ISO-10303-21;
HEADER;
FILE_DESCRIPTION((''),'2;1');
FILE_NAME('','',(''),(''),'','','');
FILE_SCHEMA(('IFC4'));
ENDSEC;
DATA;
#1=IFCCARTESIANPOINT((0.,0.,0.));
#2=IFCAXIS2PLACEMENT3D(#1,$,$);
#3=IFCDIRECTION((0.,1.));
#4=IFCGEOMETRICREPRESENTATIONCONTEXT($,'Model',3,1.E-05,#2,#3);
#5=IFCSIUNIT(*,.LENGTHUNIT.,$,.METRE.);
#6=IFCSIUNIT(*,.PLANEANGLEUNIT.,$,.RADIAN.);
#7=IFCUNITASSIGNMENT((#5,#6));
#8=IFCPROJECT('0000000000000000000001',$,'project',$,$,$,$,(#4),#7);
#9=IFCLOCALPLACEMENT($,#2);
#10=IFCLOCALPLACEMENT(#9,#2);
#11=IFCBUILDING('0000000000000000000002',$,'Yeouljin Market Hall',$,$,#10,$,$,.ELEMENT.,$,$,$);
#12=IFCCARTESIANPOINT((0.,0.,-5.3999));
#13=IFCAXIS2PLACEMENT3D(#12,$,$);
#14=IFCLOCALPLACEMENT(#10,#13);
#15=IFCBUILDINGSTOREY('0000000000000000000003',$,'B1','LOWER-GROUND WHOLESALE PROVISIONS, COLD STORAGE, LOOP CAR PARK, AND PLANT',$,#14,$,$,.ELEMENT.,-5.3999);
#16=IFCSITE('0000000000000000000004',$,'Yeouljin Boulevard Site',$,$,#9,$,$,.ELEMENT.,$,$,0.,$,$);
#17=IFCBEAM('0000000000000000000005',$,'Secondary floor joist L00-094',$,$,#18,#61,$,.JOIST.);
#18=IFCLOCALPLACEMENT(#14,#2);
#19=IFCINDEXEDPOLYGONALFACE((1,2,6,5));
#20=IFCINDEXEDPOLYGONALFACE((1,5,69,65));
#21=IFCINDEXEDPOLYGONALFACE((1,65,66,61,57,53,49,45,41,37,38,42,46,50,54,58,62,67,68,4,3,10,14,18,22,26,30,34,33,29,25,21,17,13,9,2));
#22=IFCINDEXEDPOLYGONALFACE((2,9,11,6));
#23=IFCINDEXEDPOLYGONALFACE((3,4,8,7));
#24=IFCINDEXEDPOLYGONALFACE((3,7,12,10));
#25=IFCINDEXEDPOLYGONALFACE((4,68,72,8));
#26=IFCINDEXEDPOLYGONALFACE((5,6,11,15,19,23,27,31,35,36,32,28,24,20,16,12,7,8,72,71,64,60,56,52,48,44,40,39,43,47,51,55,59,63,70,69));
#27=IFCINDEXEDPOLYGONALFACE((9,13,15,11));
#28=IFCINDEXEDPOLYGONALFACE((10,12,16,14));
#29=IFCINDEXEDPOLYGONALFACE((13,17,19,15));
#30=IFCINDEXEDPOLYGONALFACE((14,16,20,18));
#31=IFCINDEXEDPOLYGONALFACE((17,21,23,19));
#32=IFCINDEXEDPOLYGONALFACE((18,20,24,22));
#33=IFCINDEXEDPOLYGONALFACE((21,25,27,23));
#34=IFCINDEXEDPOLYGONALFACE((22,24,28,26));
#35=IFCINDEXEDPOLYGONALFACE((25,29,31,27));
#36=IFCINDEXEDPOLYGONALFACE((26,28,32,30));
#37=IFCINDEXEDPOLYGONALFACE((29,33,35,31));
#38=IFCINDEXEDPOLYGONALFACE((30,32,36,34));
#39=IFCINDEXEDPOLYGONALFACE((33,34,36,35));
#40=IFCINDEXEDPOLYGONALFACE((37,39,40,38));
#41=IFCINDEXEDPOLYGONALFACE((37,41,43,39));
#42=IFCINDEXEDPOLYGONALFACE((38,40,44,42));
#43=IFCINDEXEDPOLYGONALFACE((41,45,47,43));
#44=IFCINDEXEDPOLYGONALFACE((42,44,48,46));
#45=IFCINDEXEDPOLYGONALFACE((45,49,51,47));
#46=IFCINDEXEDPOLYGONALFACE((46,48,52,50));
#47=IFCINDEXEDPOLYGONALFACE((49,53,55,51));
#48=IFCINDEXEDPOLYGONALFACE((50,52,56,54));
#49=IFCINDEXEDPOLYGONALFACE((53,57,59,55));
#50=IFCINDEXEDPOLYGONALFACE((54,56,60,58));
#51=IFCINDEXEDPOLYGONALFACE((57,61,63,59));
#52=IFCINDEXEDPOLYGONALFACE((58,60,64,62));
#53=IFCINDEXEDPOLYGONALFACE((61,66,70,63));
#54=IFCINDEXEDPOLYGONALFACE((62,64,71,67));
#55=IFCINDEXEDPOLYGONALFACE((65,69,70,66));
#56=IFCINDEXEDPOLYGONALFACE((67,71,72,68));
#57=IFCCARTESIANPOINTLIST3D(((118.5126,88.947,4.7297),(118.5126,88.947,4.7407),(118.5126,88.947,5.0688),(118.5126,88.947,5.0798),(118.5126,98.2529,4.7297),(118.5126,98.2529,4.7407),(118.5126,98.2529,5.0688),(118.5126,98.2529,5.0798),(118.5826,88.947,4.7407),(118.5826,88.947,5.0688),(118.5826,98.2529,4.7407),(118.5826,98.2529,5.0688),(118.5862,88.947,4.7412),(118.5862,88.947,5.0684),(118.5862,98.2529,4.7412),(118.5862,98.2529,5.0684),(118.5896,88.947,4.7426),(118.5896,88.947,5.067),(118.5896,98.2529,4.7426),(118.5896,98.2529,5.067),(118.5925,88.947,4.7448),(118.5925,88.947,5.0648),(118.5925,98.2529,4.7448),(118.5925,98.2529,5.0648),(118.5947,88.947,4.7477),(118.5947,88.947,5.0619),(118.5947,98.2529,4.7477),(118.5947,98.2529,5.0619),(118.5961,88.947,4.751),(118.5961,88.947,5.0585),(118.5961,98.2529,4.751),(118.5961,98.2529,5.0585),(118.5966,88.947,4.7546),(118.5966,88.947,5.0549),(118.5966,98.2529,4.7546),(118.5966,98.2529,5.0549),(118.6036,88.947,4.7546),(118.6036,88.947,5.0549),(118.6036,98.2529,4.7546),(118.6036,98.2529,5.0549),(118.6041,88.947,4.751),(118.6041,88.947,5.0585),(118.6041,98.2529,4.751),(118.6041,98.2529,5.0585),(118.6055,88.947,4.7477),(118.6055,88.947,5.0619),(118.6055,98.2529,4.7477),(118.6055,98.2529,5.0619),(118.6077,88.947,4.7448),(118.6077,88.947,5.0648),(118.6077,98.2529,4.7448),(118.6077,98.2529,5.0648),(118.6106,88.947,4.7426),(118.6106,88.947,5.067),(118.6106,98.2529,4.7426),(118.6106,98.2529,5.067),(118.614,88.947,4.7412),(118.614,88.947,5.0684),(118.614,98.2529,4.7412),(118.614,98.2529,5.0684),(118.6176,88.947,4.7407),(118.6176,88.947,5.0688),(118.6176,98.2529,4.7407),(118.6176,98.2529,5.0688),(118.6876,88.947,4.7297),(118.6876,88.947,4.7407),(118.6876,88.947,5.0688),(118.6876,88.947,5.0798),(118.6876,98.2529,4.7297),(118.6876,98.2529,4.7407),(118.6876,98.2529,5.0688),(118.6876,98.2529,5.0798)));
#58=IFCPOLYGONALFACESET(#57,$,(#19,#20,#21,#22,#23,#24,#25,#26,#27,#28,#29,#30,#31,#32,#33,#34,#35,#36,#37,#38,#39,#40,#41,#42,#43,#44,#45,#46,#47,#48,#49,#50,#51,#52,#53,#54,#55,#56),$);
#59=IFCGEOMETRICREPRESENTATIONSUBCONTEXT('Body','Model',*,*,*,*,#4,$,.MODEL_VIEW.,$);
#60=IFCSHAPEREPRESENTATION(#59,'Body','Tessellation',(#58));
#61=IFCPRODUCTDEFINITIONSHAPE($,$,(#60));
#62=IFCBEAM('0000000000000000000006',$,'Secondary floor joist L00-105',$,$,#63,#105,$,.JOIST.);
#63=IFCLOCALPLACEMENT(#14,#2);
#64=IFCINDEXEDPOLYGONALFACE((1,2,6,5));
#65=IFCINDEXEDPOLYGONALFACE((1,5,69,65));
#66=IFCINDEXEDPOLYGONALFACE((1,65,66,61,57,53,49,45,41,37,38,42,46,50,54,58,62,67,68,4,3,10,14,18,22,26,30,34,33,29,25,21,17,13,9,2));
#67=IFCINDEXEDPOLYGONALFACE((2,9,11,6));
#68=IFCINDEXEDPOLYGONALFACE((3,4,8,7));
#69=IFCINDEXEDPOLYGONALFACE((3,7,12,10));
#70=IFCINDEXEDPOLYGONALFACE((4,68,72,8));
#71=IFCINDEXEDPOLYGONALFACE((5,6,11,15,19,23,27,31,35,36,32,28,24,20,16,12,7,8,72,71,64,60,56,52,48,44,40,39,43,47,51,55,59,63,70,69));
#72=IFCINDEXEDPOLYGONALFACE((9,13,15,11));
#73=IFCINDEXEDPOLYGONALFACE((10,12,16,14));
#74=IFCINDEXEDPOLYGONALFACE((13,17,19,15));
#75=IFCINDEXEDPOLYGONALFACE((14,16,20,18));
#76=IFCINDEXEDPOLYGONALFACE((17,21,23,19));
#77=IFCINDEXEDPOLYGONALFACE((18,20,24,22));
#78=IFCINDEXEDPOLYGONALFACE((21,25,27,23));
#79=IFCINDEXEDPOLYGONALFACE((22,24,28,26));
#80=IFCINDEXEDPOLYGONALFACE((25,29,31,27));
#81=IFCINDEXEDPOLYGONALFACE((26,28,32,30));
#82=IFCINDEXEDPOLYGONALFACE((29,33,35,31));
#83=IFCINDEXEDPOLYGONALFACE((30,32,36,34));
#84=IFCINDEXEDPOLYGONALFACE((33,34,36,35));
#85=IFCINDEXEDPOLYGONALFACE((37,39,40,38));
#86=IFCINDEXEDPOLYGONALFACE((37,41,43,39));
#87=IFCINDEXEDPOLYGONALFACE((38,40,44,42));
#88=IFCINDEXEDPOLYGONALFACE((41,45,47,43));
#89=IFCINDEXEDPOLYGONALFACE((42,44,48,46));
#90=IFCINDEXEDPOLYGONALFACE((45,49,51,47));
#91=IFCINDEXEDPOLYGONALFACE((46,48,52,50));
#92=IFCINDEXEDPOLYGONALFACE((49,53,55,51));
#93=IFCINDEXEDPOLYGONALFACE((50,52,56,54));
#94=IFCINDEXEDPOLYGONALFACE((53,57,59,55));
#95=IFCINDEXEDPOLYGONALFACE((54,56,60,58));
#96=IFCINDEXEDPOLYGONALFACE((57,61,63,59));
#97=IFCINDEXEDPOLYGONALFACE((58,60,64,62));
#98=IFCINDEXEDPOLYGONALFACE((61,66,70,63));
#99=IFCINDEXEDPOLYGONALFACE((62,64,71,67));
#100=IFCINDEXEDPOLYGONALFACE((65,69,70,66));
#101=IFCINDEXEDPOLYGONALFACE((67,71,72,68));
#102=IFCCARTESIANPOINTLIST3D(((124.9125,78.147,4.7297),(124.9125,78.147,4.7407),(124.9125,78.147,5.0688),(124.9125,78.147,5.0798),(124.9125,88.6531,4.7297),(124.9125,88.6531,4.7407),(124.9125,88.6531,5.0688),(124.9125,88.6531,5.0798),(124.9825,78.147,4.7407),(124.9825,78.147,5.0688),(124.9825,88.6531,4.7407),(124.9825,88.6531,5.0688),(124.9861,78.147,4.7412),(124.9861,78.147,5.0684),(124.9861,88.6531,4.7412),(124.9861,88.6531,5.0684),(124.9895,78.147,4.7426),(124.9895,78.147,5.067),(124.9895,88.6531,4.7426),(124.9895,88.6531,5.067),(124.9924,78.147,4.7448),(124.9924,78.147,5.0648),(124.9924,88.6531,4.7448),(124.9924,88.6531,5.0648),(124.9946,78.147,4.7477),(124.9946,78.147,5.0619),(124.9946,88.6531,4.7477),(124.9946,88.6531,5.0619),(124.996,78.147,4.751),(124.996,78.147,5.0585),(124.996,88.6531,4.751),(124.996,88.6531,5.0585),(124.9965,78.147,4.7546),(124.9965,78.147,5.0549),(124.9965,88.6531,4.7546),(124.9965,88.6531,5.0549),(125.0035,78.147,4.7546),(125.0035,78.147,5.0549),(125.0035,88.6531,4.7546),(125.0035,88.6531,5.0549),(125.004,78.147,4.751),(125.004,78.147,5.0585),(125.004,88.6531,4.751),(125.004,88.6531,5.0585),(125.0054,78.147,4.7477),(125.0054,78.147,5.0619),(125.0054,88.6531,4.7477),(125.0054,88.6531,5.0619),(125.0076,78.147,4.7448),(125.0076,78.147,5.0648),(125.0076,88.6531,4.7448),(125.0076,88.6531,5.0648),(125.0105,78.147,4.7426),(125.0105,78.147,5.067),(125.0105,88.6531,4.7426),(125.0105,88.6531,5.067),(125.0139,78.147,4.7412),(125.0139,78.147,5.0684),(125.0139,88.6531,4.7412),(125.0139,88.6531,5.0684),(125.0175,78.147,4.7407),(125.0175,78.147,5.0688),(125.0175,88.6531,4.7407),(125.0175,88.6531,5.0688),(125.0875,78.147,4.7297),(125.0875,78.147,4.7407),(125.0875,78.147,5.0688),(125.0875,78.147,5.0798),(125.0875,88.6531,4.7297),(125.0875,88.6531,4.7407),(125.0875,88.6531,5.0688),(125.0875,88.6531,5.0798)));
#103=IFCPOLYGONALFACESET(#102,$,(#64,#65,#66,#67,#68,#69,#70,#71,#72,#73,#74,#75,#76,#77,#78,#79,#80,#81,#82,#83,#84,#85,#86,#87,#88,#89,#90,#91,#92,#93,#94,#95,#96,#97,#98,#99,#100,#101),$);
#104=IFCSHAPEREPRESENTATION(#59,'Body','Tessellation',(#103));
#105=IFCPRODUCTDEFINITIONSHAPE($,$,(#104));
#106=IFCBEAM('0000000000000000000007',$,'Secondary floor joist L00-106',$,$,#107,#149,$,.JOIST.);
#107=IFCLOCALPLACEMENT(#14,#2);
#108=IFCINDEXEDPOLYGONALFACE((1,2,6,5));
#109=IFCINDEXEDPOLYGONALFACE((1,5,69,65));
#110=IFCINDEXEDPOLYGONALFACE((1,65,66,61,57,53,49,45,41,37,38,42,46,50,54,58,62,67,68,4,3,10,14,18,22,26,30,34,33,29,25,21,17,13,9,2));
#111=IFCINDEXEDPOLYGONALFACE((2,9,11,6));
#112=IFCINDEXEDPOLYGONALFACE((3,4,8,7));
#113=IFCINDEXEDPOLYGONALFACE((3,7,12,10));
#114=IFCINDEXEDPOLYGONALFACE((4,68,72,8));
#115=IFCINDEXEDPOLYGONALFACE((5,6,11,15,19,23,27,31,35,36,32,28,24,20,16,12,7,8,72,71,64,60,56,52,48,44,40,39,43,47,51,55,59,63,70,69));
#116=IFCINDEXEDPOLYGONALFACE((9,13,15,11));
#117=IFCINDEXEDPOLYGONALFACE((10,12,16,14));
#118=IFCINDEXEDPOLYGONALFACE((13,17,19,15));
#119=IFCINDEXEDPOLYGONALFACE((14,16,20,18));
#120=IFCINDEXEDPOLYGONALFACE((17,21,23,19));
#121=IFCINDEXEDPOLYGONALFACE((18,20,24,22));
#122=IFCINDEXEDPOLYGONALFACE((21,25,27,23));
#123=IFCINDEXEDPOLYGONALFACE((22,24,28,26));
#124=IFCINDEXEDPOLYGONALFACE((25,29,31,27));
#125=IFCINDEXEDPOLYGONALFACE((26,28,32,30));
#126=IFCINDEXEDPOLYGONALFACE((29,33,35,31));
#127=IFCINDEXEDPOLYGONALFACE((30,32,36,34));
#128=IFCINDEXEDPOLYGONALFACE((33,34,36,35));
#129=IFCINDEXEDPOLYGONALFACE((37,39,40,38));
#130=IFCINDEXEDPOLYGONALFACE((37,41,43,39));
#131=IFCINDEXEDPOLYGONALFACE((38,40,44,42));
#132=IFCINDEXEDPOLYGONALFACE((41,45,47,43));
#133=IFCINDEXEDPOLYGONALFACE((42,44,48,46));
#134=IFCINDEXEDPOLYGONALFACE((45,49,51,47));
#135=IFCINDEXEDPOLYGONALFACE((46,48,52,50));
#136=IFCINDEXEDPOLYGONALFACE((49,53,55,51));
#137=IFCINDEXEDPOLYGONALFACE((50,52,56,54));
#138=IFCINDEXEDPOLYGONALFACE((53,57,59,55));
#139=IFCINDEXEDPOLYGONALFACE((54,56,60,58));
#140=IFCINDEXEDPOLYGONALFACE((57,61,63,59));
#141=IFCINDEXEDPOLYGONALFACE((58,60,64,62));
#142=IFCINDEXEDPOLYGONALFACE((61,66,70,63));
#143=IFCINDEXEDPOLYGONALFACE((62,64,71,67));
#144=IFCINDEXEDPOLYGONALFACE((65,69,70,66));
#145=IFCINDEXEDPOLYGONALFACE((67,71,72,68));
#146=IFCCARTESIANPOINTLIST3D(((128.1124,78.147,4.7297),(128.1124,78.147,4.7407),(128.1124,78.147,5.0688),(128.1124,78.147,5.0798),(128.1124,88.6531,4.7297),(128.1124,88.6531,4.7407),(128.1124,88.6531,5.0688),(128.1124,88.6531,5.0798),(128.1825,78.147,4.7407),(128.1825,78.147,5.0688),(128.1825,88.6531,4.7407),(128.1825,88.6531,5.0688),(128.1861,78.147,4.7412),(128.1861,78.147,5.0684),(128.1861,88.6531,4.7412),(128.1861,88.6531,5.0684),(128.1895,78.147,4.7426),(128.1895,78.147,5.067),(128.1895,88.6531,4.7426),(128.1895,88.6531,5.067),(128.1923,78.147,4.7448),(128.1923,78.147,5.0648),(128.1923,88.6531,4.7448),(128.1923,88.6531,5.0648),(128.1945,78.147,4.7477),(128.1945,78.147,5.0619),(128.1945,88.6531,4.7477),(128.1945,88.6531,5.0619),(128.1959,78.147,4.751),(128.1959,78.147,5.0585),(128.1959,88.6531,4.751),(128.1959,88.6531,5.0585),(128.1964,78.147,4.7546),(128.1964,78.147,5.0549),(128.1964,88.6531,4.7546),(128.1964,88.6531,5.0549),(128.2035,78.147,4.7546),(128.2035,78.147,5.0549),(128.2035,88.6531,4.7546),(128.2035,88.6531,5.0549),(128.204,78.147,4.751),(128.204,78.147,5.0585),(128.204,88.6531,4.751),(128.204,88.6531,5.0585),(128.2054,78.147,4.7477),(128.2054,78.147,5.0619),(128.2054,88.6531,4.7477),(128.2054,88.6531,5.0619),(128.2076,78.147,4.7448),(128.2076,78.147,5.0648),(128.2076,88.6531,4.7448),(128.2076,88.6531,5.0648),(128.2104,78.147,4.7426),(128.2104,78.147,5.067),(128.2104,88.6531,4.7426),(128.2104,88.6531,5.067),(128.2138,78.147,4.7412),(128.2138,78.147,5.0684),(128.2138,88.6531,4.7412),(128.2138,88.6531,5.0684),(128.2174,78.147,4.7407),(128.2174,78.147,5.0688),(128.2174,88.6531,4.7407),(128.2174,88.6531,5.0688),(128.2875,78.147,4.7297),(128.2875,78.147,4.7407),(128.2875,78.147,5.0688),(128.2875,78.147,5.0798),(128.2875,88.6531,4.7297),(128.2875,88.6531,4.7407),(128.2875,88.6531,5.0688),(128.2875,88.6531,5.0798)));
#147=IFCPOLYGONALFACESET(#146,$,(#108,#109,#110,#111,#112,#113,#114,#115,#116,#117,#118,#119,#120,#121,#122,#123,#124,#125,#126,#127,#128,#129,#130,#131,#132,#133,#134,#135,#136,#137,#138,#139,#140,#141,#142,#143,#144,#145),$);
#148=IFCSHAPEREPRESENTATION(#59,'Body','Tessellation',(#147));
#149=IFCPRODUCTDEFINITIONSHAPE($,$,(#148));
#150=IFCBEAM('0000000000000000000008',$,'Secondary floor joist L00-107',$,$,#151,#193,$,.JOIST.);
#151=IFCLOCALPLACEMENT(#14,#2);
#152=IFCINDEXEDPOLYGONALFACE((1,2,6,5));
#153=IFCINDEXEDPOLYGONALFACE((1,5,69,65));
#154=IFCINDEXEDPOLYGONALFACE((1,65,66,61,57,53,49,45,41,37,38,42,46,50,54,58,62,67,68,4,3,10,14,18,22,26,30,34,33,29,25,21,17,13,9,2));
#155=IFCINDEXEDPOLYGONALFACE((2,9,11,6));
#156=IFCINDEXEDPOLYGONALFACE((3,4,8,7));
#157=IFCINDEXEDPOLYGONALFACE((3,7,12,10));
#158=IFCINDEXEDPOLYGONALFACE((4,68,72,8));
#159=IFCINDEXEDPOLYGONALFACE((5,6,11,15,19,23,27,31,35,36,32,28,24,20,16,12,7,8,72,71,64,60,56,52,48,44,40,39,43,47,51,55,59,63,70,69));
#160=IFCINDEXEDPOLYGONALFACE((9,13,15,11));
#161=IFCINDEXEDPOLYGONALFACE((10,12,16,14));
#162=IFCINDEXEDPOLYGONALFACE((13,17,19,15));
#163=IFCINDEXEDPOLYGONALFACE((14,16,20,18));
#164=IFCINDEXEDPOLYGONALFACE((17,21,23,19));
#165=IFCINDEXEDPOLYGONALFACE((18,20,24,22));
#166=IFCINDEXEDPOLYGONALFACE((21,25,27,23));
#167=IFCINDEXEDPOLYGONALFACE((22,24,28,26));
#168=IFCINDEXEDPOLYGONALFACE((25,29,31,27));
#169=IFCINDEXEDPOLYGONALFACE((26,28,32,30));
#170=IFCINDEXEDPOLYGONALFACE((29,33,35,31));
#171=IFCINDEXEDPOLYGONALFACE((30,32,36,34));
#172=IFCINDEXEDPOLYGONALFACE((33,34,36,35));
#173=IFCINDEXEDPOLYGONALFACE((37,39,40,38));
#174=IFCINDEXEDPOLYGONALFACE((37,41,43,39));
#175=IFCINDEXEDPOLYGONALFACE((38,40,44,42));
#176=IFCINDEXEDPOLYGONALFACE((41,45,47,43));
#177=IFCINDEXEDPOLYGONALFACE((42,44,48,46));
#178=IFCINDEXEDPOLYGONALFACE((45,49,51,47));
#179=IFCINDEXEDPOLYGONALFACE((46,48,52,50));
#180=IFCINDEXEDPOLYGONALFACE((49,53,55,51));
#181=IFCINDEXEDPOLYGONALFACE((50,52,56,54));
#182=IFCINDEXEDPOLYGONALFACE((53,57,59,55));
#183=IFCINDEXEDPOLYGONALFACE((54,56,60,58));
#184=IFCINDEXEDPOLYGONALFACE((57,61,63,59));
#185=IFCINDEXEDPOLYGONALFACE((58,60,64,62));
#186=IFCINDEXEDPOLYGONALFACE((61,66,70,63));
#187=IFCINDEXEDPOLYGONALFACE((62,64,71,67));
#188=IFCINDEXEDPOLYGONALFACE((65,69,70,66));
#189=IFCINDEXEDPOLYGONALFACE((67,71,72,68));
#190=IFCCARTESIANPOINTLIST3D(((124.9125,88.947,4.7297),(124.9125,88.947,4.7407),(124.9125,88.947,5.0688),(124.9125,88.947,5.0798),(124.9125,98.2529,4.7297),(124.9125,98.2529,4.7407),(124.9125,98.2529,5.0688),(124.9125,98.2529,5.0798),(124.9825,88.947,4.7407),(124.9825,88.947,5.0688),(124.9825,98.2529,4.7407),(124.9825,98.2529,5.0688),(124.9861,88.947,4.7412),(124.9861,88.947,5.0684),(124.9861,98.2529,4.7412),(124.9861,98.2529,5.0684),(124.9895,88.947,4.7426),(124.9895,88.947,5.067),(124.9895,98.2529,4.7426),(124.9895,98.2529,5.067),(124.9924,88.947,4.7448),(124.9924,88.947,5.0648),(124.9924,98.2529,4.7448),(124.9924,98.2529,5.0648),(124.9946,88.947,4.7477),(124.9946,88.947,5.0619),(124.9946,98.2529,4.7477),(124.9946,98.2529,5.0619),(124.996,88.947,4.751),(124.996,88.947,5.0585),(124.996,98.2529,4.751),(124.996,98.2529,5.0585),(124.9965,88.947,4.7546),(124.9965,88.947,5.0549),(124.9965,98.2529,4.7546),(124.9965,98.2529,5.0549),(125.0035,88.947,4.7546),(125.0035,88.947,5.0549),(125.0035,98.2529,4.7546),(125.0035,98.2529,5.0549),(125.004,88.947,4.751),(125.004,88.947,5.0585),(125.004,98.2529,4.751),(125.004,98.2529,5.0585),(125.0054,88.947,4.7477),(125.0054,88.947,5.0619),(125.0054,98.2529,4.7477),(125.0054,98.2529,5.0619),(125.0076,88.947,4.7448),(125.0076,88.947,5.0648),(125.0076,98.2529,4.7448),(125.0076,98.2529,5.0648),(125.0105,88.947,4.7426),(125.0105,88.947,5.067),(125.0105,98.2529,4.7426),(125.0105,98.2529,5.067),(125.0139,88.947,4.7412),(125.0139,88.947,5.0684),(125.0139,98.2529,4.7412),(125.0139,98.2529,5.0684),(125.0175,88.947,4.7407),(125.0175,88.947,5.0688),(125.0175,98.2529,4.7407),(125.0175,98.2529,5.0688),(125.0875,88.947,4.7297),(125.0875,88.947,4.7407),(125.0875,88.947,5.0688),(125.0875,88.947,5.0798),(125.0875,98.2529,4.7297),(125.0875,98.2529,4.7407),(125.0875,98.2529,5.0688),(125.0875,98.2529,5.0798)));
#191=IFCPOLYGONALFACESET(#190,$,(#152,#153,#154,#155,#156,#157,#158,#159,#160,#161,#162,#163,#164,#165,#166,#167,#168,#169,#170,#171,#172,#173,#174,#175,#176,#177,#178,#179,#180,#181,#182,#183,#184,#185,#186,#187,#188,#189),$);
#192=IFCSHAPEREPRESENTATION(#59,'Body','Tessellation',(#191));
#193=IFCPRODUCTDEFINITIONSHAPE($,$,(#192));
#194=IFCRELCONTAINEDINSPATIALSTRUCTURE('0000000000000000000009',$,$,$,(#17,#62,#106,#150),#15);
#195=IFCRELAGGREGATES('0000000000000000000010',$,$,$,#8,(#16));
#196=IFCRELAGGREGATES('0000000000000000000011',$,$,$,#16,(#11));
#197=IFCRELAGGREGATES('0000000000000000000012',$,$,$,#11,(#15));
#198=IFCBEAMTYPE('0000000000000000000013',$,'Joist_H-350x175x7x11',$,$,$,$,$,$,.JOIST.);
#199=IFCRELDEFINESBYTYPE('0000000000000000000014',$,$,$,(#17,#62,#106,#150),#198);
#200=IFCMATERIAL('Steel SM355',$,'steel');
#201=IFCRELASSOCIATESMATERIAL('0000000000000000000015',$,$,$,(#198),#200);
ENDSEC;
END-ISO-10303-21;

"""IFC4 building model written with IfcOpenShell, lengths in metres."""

from ifc_helpers import new_model, si_unit, direction, frame, origin, origin_2d, place, context, subcontext, project, spatial, i_section, extrude, material, material_profile, profile_set, type_object, element, save


model = new_model("IFC4")

# Units and contexts
model_context = context("Model", 3, precision=1e-05, world=origin(), true_north=direction((0.0, 1.0)))
body_context = subcontext(model_context, "Body", "Model", "MODEL_VIEW")
ifc_project = project(units=[si_unit("LENGTHUNIT", "METRE"), si_unit("PLANEANGLEUNIT", "RADIAN")], contexts=[model_context])

# Site, building, storey
site_placement = place(None, origin())
site = spatial("IfcSite", under=ifc_project, at=site_placement, Name="Yeouljin Boulevard Site", CompositionType="ELEMENT", RefElevation=0.0)
building_placement = place(site_placement, origin())
building = spatial("IfcBuilding", under=site, at=building_placement, Name="Yeouljin Market Hall", CompositionType="ELEMENT")
storey_placement = place(building_placement, frame((0.0, 0.0, -5.3999)))
storey = spatial("IfcBuildingStorey", under=building, at=storey_placement, Name="B1", Description="LOWER-GROUND WHOLESALE PROVISIONS, COLD STORAGE, LOOP CAR PARK, AND PLANT", CompositionType="ELEMENT", Elevation=-5.3999)

# Beams
ifc_material_1 = material(Name="Steel SM355", Category="steel")
ifc_material_profile_1 = material_profile(ifc_material_1, i_section(OverallWidth=0.175, OverallDepth=0.3501, WebThickness=0.0071, FlangeThickness=0.011, FilletRadius=0.0139, at=origin_2d()), Name="H-350x175x7x11")
ifc_profile_set_1 = profile_set([ifc_material_profile_1], Name="Steel SM355")
beam_type_1 = type_object("IfcBeamType", Name="Joist_H-350x175x7x11", PredefinedType="JOIST", material=ifc_profile_set_1)
for number, where, z_axis, x_axis, name in (
    (1, (118.6001, 88.947, 4.9048), (0.0, 1.0, 0.0), (-1.0, 0.0, 0.0), "Secondary floor joist L00-094"),
):
    element("IfcBeam", number, at=place(storey_placement, frame(where, z_axis=z_axis, x_axis=x_axis)), inside=storey, type_object=beam_type_1, Name=name, PredefinedType="JOIST", context=body_context, shape_type="SweptSolid", body=[
        extrude(i_section(OverallWidth=0.175, OverallDepth=0.3501, WebThickness=0.0071, FlangeThickness=0.011, FilletRadius=0.0139, at=origin_2d()), origin(), (0.0, 0.0, 1.0), 9.3059),
    ])
for number, where, z_axis, x_axis, name in (
    (2, (125.0, 78.147, 4.9048), (0.0, 1.0, 0.0), (-1.0, 0.0, 0.0), "Secondary floor joist L00-105"),
    (3, (128.2, 78.147, 4.9048), (0.0, 1.0, 0.0), (-1.0, 0.0, 0.0), "Secondary floor joist L00-106"),
):
    element("IfcBeam", number, at=place(storey_placement, frame(where, z_axis=z_axis, x_axis=x_axis)), inside=storey, type_object=beam_type_1, Name=name, PredefinedType="JOIST", context=body_context, shape_type="SweptSolid", body=[
        extrude(i_section(OverallWidth=0.175, OverallDepth=0.3501, WebThickness=0.0071, FlangeThickness=0.011, FilletRadius=0.0139, at=origin_2d()), origin(), (0.0, 0.0, 1.0), 10.5061),
    ])
for number, where, z_axis, x_axis, name in (
    (4, (125.0, 88.947, 4.9048), (0.0, 1.0, 0.0), (-1.0, 0.0, 0.0), "Secondary floor joist L00-107"),
):
    element("IfcBeam", number, at=place(storey_placement, frame(where, z_axis=z_axis, x_axis=x_axis)), inside=storey, type_object=beam_type_1, Name=name, PredefinedType="JOIST", context=body_context, shape_type="SweptSolid", body=[
        extrude(i_section(OverallWidth=0.175, OverallDepth=0.3501, WebThickness=0.0071, FlangeThickness=0.011, FilletRadius=0.0139, at=origin_2d()), origin(), (0.0, 0.0, 1.0), 9.3059),
    ])

save(model, "model.ifc")
